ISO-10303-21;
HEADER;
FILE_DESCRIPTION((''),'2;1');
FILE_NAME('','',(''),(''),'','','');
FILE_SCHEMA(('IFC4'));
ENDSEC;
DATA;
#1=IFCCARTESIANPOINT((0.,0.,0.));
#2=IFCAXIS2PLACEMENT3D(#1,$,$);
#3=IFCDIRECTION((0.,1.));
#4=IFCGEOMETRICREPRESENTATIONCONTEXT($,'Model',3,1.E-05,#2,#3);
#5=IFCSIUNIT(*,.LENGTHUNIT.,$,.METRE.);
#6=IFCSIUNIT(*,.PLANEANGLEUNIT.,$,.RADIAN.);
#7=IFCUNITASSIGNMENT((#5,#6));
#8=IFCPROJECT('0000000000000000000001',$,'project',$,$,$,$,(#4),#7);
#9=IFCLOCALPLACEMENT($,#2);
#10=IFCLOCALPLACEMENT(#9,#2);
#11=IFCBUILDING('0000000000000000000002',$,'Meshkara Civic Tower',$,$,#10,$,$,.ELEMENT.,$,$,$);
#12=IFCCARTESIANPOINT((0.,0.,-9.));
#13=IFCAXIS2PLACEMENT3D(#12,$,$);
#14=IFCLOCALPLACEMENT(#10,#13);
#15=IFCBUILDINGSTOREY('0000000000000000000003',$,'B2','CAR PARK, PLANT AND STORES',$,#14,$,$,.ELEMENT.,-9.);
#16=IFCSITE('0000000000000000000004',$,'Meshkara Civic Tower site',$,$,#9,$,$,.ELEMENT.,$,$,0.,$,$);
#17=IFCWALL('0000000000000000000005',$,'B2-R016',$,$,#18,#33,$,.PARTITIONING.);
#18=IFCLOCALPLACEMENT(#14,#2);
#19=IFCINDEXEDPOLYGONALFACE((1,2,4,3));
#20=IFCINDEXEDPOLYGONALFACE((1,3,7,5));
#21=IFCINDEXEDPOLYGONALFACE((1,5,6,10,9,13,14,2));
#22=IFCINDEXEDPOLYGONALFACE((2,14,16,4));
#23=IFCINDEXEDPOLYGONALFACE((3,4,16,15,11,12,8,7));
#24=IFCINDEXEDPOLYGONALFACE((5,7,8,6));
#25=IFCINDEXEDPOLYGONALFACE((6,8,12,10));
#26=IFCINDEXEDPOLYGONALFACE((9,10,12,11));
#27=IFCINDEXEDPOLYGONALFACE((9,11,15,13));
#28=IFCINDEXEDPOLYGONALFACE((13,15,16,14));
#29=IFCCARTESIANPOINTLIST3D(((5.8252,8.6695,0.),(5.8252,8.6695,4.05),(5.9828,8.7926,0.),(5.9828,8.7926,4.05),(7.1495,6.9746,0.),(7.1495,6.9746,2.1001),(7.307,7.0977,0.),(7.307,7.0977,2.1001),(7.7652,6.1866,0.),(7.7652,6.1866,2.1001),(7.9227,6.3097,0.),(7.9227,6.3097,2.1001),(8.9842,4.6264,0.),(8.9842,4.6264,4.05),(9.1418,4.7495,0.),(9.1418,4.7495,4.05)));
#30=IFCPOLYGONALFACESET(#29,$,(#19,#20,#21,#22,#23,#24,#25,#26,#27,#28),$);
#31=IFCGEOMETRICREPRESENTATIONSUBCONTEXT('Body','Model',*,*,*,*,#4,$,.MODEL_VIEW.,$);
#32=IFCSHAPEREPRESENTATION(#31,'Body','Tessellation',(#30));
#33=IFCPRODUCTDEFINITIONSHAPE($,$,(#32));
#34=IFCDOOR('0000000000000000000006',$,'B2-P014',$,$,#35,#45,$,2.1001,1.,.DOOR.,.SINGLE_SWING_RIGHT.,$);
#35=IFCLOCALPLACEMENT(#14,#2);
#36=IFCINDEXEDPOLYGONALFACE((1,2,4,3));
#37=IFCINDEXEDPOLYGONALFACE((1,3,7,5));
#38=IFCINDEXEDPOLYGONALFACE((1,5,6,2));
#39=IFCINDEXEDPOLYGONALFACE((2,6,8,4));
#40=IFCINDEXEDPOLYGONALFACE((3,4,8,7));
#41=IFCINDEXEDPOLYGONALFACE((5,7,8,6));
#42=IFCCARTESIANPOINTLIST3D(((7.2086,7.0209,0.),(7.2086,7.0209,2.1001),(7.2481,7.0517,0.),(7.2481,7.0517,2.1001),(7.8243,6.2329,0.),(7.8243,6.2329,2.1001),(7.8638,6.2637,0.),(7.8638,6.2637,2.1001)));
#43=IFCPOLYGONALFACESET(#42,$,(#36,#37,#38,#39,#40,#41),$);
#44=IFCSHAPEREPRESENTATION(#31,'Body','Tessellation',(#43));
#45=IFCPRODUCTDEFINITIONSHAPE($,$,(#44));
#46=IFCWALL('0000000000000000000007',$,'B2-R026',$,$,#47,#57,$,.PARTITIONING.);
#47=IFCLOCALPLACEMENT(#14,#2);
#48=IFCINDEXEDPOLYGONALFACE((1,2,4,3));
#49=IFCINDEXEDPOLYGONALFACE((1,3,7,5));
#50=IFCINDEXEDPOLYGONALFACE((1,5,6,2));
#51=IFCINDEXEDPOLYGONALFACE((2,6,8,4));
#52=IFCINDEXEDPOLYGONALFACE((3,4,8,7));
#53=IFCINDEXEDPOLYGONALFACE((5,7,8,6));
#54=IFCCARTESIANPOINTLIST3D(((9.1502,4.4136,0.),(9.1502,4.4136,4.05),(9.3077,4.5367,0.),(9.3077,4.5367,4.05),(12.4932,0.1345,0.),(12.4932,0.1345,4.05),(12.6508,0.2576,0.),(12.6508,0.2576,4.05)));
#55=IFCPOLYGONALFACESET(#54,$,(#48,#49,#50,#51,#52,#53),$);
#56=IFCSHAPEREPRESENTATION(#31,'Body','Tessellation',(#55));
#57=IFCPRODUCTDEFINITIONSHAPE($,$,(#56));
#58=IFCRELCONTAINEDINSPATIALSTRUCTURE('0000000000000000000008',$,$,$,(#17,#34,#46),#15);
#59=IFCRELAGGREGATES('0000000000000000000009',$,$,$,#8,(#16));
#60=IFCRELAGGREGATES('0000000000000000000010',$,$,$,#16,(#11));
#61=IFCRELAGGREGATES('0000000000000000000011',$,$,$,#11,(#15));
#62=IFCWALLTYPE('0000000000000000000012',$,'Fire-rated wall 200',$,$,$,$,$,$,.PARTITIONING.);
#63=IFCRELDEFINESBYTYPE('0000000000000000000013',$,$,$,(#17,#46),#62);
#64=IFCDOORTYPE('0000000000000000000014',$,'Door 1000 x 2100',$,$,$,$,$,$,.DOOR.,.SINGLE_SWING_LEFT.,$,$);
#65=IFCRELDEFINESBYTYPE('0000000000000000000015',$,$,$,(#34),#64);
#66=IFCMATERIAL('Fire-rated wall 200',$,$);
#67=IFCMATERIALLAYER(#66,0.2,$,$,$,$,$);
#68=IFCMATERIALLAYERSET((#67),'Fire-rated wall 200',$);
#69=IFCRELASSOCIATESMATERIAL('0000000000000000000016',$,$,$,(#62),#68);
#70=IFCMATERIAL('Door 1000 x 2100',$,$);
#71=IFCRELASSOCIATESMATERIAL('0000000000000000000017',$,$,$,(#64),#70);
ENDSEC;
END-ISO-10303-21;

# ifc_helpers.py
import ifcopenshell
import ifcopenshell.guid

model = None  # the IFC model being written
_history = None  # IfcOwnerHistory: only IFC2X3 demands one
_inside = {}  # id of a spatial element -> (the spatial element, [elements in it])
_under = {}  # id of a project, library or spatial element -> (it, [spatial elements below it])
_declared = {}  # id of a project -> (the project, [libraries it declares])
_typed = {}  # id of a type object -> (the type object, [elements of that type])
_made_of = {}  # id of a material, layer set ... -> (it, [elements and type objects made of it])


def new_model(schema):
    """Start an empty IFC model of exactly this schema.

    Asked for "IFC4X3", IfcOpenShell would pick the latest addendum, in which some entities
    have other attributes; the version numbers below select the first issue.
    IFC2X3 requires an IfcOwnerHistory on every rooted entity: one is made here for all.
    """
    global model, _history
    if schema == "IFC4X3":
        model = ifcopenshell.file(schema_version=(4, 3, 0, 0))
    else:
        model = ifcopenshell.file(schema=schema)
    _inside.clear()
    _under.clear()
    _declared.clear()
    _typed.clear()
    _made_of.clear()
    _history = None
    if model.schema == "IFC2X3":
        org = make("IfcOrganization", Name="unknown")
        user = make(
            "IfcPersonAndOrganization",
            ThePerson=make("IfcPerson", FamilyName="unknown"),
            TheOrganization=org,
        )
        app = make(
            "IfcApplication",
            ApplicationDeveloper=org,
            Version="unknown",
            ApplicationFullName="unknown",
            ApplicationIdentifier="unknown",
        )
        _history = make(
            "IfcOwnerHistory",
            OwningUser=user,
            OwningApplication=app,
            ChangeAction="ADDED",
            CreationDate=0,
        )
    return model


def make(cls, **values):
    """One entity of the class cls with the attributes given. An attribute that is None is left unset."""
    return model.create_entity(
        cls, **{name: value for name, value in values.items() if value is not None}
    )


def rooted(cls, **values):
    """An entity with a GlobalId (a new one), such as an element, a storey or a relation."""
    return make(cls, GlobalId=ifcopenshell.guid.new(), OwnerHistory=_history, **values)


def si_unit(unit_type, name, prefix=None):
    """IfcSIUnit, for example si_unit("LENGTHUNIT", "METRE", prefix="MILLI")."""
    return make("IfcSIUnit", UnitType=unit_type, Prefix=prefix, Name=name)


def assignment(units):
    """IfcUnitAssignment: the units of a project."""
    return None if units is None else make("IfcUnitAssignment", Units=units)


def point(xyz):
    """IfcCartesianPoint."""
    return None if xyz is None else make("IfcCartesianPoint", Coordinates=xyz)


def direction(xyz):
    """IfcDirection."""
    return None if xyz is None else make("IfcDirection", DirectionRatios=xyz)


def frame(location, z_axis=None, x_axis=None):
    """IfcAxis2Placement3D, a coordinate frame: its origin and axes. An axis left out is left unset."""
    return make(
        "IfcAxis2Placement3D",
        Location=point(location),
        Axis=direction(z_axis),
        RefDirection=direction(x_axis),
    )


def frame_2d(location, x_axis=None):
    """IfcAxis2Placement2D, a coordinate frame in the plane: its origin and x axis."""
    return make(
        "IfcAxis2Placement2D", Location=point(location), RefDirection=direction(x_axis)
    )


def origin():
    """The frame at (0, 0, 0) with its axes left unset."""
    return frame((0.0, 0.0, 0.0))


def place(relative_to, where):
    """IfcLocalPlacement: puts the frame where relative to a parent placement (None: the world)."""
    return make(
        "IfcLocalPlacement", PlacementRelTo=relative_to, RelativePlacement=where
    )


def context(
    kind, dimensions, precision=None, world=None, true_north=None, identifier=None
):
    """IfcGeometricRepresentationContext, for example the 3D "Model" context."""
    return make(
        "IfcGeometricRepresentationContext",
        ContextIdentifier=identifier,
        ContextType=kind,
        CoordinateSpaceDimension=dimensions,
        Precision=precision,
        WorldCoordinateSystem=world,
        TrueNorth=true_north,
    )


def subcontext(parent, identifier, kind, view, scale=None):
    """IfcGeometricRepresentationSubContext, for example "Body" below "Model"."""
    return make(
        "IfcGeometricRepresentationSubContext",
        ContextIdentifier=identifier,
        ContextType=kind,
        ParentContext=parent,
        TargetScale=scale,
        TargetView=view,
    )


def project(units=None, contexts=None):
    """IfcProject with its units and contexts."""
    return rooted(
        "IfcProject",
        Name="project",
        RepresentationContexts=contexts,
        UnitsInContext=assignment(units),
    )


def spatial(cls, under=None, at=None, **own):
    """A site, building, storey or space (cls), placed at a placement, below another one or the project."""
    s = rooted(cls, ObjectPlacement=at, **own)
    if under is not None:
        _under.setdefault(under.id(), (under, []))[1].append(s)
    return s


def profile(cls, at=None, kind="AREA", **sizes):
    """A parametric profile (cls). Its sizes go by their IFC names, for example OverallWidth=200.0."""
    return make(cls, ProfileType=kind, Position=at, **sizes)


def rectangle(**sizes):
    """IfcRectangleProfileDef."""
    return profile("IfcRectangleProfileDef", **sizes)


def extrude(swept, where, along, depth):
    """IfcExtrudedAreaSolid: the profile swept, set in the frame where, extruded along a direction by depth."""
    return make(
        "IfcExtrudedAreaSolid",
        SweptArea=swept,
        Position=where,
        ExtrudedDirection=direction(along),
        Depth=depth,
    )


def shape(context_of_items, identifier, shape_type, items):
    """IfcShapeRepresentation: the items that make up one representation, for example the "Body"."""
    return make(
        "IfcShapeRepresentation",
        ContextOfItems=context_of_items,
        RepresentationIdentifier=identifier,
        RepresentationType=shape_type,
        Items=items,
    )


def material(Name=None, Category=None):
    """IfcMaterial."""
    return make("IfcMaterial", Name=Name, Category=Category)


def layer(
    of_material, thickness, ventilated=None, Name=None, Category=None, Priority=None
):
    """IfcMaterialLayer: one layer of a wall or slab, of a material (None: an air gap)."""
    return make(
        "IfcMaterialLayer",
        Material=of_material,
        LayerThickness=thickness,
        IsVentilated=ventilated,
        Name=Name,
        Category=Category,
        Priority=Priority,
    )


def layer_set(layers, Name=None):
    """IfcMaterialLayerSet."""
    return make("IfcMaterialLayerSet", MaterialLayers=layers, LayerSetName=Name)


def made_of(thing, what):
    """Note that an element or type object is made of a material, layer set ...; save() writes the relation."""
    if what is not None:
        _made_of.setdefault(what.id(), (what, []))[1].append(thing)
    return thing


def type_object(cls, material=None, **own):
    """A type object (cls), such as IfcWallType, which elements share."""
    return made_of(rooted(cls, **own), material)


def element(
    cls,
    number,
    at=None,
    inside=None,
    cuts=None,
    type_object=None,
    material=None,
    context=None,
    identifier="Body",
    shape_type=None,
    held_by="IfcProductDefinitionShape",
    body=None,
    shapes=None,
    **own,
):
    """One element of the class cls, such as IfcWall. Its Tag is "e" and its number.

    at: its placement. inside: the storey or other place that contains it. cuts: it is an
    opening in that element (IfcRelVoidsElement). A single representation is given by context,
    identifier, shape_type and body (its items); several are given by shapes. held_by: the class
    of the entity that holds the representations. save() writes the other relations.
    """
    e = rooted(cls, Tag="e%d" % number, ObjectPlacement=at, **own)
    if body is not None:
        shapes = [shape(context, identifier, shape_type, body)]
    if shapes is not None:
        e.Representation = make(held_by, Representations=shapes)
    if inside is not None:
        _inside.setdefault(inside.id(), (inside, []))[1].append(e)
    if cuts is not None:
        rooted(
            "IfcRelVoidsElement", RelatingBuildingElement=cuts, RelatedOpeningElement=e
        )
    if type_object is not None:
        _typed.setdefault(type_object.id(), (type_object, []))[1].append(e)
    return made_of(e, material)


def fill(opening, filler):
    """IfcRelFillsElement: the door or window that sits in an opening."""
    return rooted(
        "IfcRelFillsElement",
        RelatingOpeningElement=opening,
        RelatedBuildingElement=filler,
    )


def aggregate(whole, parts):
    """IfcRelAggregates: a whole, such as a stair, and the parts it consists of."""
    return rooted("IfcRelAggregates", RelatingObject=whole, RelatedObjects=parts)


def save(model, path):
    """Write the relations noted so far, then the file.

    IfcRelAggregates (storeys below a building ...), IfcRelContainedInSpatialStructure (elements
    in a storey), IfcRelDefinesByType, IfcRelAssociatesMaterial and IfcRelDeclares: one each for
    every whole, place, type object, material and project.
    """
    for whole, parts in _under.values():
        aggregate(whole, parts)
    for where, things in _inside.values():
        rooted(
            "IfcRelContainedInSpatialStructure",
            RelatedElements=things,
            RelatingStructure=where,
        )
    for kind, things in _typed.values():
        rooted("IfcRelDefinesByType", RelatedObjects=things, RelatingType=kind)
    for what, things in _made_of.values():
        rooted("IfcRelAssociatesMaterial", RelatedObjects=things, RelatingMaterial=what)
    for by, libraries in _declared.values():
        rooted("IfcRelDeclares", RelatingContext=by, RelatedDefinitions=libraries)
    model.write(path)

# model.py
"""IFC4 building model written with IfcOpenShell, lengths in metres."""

from ifc_helpers import new_model, si_unit, direction, frame, frame_2d, origin, place, context, subcontext, project, spatial, rectangle, extrude, material, layer, layer_set, type_object, element, fill, save


model = new_model("IFC4")

# Units and contexts
model_context = context("Model", 3, precision=1e-05, world=origin(), true_north=direction((0.0, 1.0)))
body_context = subcontext(model_context, "Body", "Model", "MODEL_VIEW")
ifc_project = project(units=[si_unit("LENGTHUNIT", "METRE"), si_unit("PLANEANGLEUNIT", "RADIAN")], contexts=[model_context])

# Site, building, storey
site_placement = place(None, origin())
site = spatial("IfcSite", under=ifc_project, at=site_placement, Name="Meshkara Civic Tower site", CompositionType="ELEMENT", RefElevation=0.0)
building_placement = place(site_placement, origin())
building = spatial("IfcBuilding", under=site, at=building_placement, Name="Meshkara Civic Tower", CompositionType="ELEMENT")
storey_placement = place(building_placement, frame((0.0, 0.0, -9.0)))
storey = spatial("IfcBuildingStorey", under=building, at=storey_placement, Name="B2", Description="CAR PARK, PLANT AND STORES", CompositionType="ELEMENT", Elevation=-9.0)

# Wall, opening, door
ifc_material_1 = material(Name="Fire-rated wall 200")
ifc_layer_1 = layer(ifc_material_1, 0.2)
ifc_layer_set_1 = layer_set([ifc_layer_1], Name="Fire-rated wall 200")
wall_type_1 = type_object("IfcWallType", Name="Fire-rated wall 200", PredefinedType="PARTITIONING", material=ifc_layer_set_1)
wall_1_placement = place(storey_placement, frame((9.063, 4.688, 0.0), z_axis=(0.0, 0.0, 1.0), x_axis=(-0.615688, 0.78799, 0.0)))
wall_1 = element("IfcWall", 1, at=wall_1_placement, inside=storey, type_object=wall_type_1, Name="B2-R016", PredefinedType="PARTITIONING", context=body_context, shape_type="SweptSolid", body=[
    extrude(rectangle(XDim=5.1309, YDim=0.2, at=frame_2d((2.5654, 0.0))), origin(), (0.0, 0.0, 1.0), 4.05),
])
opening_1_placement = place(wall_1_placement, frame((1.98, 0.0, 0.0)))
opening_1 = element("IfcOpeningElement", 2, at=opening_1_placement, cuts=wall_1, PredefinedType="OPENING", context=body_context, shape_type="SweptSolid", body=[
    extrude(rectangle(XDim=1.0, YDim=2.1001, at=frame_2d((0.5, 1.05))), frame((0.0, 0.1099, 0.0), z_axis=(0.0, -1.0, 0.0), x_axis=(1.0, 0.0, 0.0)), (0.0, 0.0, 1.0), 0.22),
])
ifc_material_2 = material(Name="Door 1000 x 2100")
door_type_1 = type_object("IfcDoorType", Name="Door 1000 x 2100", OperationType="SINGLE_SWING_LEFT", PredefinedType="DOOR", material=ifc_material_2)
door_1_placement = place(opening_1_placement, origin())
door_1 = element("IfcDoor", 3, at=door_1_placement, inside=storey, type_object=door_type_1, Name="B2-P014", OperationType="SINGLE_SWING_RIGHT", OverallHeight=2.1001, OverallWidth=1.0, PredefinedType="DOOR", context=body_context, shape_type="SweptSolid", body=[
    extrude(rectangle(XDim=1.0, YDim=2.1001, at=frame_2d((0.5, 1.05))), frame((0.0, 0.0249, 0.0), z_axis=(0.0, -1.0, 0.0), x_axis=(1.0, 0.0, 0.0)), (0.0, 0.0, 1.0), 0.05),
])
fill(opening_1, door_1)

# Wall
wall_2_placement = place(storey_placement, frame((12.572, 0.196, 0.0), z_axis=(0.0, 0.0, 1.0), x_axis=(-0.615645, 0.788024, 0.0)))
element("IfcWall", 4, at=wall_2_placement, inside=storey, type_object=wall_type_1, Name="B2-R026", PredefinedType="PARTITIONING", context=body_context, shape_type="SweptSolid", body=[
    extrude(rectangle(XDim=5.4302, YDim=0.2, at=frame_2d((2.7151, 0.0))), origin(), (0.0, 0.0, 1.0), 4.05),
])

save(model, "model.ifc")
